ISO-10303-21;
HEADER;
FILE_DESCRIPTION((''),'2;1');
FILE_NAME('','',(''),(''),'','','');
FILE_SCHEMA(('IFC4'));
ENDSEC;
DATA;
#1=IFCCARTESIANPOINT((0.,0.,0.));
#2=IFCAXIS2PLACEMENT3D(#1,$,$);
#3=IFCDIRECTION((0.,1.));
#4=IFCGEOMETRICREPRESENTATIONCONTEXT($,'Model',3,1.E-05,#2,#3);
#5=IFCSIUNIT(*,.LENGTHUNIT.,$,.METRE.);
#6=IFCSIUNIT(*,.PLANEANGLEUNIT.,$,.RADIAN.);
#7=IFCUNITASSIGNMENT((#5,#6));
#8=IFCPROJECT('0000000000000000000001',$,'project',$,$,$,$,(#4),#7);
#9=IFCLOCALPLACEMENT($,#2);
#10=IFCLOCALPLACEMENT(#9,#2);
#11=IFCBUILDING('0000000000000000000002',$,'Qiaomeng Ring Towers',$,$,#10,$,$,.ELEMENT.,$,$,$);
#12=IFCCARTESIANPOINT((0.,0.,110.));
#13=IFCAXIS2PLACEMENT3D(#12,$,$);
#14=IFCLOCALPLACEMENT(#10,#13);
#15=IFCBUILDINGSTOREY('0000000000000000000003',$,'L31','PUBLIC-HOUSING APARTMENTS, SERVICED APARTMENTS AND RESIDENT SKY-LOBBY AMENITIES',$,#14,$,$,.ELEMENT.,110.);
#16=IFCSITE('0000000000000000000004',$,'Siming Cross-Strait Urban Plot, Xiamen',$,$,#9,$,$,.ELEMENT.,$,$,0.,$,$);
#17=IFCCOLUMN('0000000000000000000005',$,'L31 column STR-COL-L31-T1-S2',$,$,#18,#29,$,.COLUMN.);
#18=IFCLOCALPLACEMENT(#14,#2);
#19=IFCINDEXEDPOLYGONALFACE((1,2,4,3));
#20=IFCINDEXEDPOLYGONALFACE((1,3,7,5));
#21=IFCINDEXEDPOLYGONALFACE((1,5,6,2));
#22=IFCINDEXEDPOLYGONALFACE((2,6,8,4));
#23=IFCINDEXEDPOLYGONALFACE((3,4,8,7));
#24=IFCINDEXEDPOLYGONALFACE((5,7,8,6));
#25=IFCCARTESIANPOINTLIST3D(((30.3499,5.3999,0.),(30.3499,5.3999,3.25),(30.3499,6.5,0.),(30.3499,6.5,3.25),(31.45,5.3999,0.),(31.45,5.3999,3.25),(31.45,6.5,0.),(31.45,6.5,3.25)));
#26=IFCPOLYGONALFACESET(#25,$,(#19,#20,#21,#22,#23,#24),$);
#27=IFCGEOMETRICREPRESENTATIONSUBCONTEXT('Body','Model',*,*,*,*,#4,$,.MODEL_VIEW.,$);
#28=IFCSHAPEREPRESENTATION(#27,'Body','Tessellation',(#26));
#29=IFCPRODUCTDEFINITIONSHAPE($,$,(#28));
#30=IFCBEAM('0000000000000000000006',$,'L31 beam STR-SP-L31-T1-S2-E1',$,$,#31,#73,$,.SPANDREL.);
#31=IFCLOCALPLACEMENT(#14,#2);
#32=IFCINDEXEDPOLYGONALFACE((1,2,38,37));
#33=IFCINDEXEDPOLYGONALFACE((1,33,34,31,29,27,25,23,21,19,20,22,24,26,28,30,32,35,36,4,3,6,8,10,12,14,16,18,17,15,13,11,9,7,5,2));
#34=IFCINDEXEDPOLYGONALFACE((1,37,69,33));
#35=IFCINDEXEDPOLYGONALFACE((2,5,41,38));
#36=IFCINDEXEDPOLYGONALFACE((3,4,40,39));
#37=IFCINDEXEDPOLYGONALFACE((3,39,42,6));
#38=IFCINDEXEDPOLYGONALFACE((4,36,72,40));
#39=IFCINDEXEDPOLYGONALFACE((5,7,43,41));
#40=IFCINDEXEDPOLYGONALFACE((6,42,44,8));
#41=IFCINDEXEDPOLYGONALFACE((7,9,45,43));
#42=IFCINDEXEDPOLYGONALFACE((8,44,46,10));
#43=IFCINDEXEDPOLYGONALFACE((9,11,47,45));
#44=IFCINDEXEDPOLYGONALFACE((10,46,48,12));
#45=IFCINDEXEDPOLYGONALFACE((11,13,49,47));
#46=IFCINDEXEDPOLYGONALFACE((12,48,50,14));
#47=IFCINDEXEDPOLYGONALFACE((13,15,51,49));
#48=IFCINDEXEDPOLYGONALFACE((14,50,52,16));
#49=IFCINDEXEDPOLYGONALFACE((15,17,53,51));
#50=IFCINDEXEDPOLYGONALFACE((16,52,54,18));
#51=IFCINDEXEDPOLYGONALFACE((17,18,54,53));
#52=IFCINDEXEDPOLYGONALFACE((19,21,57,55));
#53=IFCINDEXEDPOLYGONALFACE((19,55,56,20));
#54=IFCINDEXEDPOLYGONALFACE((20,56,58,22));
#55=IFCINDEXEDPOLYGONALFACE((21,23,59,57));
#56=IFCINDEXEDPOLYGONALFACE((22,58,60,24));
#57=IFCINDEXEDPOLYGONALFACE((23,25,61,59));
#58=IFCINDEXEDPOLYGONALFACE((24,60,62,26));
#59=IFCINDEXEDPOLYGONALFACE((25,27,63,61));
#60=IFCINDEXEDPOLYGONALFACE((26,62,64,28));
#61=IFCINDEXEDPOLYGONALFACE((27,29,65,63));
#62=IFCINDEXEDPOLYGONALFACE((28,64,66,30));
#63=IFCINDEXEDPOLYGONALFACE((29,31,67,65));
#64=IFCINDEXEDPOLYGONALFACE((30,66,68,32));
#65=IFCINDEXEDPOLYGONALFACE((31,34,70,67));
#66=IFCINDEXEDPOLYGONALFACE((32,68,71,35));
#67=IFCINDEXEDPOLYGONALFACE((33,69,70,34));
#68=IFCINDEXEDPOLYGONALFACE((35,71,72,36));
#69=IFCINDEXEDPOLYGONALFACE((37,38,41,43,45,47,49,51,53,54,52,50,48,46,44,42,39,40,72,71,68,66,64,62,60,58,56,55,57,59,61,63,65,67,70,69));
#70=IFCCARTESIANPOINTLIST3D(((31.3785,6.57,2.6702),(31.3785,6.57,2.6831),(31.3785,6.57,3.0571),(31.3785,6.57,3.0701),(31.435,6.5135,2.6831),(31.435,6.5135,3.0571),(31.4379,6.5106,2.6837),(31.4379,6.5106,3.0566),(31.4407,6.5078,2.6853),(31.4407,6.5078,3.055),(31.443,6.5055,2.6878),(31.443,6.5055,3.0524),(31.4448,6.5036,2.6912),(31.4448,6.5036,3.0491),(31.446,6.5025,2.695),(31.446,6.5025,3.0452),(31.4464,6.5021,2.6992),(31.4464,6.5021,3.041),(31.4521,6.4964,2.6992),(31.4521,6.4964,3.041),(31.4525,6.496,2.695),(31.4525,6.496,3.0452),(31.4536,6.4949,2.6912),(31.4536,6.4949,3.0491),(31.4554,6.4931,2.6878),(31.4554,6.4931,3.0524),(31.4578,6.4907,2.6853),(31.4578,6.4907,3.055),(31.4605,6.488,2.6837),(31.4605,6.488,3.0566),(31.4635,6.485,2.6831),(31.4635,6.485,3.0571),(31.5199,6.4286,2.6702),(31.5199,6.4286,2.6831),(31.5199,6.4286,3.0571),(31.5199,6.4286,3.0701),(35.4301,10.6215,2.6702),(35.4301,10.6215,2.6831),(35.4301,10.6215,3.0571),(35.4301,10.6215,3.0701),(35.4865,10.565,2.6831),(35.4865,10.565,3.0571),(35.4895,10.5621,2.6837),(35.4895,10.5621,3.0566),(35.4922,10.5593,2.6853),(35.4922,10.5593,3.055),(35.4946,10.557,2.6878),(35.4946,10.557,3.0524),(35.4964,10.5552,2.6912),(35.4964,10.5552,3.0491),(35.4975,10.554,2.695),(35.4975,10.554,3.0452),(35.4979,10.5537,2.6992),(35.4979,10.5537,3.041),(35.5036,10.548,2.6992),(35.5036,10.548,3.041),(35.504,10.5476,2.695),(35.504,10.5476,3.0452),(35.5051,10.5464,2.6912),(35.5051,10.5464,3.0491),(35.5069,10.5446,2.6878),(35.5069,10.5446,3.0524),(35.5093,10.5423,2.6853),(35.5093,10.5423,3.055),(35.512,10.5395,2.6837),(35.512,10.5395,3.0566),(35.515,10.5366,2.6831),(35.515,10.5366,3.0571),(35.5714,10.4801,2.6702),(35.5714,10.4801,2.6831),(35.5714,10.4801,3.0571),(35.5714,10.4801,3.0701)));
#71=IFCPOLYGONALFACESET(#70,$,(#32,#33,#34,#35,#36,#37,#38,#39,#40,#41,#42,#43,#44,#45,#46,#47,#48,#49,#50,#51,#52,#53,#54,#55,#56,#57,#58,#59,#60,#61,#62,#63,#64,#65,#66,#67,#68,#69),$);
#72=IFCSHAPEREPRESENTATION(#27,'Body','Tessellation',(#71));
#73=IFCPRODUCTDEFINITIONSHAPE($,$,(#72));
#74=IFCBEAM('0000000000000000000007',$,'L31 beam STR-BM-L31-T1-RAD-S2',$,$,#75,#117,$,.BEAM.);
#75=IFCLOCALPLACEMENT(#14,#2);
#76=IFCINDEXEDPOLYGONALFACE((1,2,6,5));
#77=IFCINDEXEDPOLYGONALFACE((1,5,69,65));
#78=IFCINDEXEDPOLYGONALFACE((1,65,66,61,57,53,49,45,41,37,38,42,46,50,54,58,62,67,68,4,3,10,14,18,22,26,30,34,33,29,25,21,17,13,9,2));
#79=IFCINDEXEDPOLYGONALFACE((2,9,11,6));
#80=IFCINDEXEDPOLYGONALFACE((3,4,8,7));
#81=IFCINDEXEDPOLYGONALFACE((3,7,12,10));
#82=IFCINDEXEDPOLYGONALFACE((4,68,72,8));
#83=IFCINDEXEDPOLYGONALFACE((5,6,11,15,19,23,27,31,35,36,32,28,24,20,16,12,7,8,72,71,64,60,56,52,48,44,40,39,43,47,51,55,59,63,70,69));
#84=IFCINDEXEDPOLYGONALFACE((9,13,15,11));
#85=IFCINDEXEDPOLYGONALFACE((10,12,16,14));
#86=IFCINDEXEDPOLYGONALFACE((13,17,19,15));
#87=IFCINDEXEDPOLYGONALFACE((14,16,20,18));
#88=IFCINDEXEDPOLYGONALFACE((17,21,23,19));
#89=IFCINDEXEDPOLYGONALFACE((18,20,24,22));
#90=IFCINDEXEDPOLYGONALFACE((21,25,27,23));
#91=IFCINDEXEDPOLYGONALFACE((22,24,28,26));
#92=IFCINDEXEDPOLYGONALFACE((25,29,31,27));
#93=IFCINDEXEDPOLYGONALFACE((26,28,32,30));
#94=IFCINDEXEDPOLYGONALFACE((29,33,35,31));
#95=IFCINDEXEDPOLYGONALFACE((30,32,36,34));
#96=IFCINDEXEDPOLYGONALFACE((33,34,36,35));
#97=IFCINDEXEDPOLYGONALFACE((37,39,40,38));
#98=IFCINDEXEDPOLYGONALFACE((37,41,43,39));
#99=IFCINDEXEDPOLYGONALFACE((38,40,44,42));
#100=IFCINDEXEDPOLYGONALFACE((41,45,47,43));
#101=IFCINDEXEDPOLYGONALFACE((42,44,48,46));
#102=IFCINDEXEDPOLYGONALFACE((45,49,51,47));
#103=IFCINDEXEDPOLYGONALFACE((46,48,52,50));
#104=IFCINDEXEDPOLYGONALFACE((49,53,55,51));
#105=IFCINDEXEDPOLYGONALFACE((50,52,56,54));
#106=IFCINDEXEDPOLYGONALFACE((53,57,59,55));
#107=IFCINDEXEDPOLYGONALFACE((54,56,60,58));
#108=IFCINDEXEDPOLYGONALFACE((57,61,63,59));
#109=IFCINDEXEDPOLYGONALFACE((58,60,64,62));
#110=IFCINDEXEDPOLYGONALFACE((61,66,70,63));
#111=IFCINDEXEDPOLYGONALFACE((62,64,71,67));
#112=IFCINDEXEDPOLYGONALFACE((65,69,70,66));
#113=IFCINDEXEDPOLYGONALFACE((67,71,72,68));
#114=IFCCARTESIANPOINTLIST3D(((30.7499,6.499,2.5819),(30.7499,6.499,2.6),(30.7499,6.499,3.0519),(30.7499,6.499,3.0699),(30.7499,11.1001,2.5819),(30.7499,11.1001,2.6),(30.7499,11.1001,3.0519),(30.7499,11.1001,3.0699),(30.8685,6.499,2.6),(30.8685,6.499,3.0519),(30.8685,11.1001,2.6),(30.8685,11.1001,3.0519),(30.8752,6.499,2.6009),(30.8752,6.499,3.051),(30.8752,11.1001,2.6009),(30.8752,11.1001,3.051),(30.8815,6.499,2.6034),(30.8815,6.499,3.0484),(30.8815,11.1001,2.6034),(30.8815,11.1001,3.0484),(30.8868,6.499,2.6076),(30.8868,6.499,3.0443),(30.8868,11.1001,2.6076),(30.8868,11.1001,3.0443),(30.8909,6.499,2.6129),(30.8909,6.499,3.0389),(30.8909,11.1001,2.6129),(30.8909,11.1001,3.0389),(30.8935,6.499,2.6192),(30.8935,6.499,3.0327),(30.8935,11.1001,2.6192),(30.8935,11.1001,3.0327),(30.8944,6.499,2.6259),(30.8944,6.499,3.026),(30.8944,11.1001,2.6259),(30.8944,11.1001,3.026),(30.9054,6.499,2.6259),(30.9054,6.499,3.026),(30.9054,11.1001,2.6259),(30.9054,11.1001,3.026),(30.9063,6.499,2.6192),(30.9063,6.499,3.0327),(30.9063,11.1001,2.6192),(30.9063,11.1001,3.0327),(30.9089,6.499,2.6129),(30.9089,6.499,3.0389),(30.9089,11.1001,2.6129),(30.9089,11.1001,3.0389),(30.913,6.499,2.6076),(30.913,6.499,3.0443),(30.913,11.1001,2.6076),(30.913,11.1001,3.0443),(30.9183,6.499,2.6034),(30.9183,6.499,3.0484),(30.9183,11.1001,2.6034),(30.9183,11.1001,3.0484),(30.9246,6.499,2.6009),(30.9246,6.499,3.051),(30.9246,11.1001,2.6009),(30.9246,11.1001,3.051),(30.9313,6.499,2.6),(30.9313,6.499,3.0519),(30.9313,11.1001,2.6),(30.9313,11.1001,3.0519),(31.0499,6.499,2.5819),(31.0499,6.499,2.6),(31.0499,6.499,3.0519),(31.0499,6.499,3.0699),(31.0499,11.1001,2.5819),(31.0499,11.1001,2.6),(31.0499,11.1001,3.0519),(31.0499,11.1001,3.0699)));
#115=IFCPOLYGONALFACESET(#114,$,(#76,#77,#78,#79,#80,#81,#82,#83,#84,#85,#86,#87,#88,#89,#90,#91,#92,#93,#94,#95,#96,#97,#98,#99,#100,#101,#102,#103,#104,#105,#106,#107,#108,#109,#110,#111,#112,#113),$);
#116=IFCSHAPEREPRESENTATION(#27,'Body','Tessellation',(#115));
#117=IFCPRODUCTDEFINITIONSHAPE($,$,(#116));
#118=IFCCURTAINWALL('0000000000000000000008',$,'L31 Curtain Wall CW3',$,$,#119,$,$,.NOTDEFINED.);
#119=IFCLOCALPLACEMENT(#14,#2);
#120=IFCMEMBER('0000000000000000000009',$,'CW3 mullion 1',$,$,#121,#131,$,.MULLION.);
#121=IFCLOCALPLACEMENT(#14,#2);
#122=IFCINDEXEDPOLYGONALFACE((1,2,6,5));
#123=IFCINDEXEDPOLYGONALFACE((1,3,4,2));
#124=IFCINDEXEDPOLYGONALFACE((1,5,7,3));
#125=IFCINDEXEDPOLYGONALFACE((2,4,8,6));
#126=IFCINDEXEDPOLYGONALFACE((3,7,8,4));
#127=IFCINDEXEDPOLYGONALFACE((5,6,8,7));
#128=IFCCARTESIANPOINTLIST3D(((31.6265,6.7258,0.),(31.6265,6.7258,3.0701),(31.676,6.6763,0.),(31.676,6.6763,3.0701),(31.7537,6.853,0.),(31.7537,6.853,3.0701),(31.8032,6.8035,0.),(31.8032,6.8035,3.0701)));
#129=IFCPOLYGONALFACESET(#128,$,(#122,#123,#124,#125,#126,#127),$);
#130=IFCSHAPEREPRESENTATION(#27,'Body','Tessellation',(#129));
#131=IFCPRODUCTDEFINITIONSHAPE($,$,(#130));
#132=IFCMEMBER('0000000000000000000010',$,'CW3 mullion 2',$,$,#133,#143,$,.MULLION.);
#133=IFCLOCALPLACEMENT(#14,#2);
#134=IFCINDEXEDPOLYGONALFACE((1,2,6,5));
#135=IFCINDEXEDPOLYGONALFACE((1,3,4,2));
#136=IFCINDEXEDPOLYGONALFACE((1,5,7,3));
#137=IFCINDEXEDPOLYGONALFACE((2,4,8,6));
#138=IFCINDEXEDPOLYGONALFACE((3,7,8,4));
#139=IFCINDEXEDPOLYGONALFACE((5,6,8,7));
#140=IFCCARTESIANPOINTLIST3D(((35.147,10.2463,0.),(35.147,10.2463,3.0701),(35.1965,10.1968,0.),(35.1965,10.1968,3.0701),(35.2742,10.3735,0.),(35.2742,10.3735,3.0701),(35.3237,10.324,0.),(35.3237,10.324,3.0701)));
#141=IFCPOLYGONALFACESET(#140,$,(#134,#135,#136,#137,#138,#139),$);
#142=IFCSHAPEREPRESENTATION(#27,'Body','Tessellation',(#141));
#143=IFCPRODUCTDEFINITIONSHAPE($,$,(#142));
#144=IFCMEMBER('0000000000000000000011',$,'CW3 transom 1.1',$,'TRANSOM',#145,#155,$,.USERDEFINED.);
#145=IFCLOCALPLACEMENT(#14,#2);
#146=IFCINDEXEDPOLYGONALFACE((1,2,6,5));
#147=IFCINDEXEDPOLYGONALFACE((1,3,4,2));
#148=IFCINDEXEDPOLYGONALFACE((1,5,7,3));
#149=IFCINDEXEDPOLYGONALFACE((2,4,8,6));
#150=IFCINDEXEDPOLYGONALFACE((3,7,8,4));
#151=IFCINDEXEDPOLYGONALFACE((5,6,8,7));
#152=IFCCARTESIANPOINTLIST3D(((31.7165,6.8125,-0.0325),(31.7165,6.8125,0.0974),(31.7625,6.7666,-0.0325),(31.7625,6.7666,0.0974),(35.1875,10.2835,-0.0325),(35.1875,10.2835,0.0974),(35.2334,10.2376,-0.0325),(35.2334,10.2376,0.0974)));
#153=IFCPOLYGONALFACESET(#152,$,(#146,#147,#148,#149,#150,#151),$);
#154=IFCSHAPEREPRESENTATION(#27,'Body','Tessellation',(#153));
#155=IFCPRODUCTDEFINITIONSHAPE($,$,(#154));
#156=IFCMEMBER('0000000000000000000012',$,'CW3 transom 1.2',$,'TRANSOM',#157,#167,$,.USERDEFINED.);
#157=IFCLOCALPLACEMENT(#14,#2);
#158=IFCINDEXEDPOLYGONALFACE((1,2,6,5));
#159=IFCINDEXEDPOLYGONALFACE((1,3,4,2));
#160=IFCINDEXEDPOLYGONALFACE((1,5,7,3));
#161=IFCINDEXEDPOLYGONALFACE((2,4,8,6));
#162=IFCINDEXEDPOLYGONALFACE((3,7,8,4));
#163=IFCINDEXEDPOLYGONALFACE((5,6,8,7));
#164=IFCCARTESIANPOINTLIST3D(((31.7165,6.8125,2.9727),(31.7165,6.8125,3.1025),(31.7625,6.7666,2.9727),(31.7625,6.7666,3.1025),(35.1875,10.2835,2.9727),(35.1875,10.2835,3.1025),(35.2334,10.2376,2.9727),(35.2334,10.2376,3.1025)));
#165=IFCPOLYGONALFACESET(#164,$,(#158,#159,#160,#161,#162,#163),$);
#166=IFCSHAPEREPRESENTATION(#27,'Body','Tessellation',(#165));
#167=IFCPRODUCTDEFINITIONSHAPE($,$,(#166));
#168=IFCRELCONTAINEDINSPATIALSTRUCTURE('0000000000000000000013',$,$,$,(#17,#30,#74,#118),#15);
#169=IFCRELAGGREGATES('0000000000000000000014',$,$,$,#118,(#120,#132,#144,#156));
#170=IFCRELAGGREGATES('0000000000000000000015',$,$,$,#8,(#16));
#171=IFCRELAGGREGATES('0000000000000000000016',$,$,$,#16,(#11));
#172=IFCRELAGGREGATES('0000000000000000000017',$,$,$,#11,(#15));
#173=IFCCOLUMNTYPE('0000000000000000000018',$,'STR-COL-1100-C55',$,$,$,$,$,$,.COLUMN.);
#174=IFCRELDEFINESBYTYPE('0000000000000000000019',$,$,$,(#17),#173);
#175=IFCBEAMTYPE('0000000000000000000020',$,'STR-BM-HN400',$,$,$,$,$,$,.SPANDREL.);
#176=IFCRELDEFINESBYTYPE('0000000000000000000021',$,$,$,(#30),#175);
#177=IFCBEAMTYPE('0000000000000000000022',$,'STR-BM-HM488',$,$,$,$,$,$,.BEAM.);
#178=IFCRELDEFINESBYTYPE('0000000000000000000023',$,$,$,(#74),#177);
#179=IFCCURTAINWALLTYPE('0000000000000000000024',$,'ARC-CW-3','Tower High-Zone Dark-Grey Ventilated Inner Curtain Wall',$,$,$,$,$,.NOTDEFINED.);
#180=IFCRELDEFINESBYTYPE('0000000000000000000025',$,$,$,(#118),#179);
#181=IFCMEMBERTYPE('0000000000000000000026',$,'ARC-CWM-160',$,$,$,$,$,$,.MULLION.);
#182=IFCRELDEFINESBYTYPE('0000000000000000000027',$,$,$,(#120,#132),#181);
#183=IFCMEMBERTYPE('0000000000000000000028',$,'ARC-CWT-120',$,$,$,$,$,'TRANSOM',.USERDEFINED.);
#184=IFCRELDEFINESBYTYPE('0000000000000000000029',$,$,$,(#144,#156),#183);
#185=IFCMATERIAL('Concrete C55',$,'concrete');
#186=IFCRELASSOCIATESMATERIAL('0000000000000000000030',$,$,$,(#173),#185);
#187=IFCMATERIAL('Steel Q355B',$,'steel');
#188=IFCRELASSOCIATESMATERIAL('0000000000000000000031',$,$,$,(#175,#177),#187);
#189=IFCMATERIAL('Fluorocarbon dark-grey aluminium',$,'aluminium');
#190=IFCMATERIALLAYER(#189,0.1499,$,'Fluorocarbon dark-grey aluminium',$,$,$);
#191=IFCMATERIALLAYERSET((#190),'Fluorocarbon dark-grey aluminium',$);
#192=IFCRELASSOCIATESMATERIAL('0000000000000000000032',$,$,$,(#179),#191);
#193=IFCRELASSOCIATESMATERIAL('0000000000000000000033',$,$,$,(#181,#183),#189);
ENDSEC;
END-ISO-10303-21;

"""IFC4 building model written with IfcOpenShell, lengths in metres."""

from ifc_helpers import new_model, si_unit, direction, frame, origin, origin_2d, place, context, subcontext, project, spatial, rectangle, i_section, extrude, source, transform, mapped, material, layer, layer_set, material_profile, profile_set, type_object, element, aggregate, save


model = new_model("IFC4")

# Units and contexts
model_context = context("Model", 3, precision=1e-05, world=origin(), true_north=direction((0.0, 1.0)))
body_context = subcontext(model_context, "Body", "Model", "MODEL_VIEW")
ifc_project = project(units=[si_unit("LENGTHUNIT", "METRE"), si_unit("PLANEANGLEUNIT", "RADIAN")], contexts=[model_context])

# Site, building, storey
site_placement = place(None, origin())
site = spatial("IfcSite", under=ifc_project, at=site_placement, Name="Siming Cross-Strait Urban Plot, Xiamen", CompositionType="ELEMENT", RefElevation=0.0)
building_placement = place(site_placement, origin())
building = spatial("IfcBuilding", under=site, at=building_placement, Name="Qiaomeng Ring Towers", CompositionType="ELEMENT")
storey_placement = place(building_placement, frame((0.0, 0.0, 110.0)))
storey = spatial("IfcBuildingStorey", under=building, at=storey_placement, Name="L31", Description="PUBLIC-HOUSING APARTMENTS, SERVICED APARTMENTS AND RESIDENT SKY-LOBBY AMENITIES", CompositionType="ELEMENT", Elevation=110.0)

# Column
ifc_material_1 = material(Name="Concrete C55", Category="concrete")
ifc_material_profile_1 = material_profile(ifc_material_1, rectangle(XDim=1.1001, YDim=1.1001, at=origin_2d()), Name="RC COL 1100x1100")
ifc_profile_set_1 = profile_set([ifc_material_profile_1], Name="Concrete C55")
column_type = type_object("IfcColumnType", Name="STR-COL-1100-C55", PredefinedType="COLUMN", material=ifc_profile_set_1)
shared_shape_1 = source(origin(), body_context, "Body", "SweptSolid", [
    extrude(rectangle(XDim=1.1001, YDim=1.1001, at=origin_2d()), origin(), (0.0, 0.0, 1.0), 3.25),
])
column_placement = place(storey_placement, frame((30.8999, 5.95, 0.0), z_axis=(0.0, 0.0, 1.0), x_axis=(1.0, 0.0, 0.0)))
element("IfcColumn", 1, at=column_placement, inside=storey, type_object=column_type, Name="L31 column STR-COL-L31-T1-S2", PredefinedType="COLUMN", context=body_context, shape_type="MappedRepresentation", body=[
    mapped(shared_shape_1, transform((0.0, 0.0, 0.0), x_axis=(1.0, 0.0, 0.0), y_axis=(0.0, 1.0, 0.0), z_axis=(0.0, 0.0, 1.0), scale=1.0)),
])

# Beams
ifc_material_2 = material(Name="Steel Q355B", Category="steel")
ifc_material_profile_2 = material_profile(ifc_material_2, i_section(OverallWidth=0.2, OverallDepth=0.3999, WebThickness=0.0081, FlangeThickness=0.0129, FilletRadius=0.0161, at=origin_2d()), Name="HN 400x200x8x13")
ifc_profile_set_2 = profile_set([ifc_material_profile_2], Name="Steel Q355B")
beam_type_1 = type_object("IfcBeamType", Name="STR-BM-HN400", PredefinedType="SPANDREL", material=ifc_profile_set_2)
shared_shape_2 = source(origin(), body_context, "Body", "SweptSolid", [
    extrude(i_section(OverallWidth=0.2, OverallDepth=0.3999, WebThickness=0.0081, FlangeThickness=0.0129, FilletRadius=0.0161, at=origin_2d()), origin(), (0.0, 0.0, 1.0), 5.7297),
])
beam_1_placement = place(storey_placement, frame((31.4492, 6.4993, 2.8701), z_axis=(0.707107, 0.707107, 0.0), x_axis=(-0.707107, 0.707107, 0.0)))
element("IfcBeam", 2, at=beam_1_placement, inside=storey, type_object=beam_type_1, Name="L31 beam STR-SP-L31-T1-S2-E1", PredefinedType="SPANDREL", context=body_context, shape_type="MappedRepresentation", body=[
    mapped(shared_shape_2, transform((0.0, 0.0, 0.0), x_axis=(1.0, 0.0, 0.0), y_axis=(0.0, 1.0, 0.0), z_axis=(0.0, 0.0, 1.0), scale=1.0)),
])
ifc_material_profile_3 = material_profile(ifc_material_2, i_section(OverallWidth=0.3, OverallDepth=0.488, WebThickness=0.011, FlangeThickness=0.0181, FilletRadius=0.0259, at=origin_2d()), Name="HM 488x300x11x18")
ifc_profile_set_3 = profile_set([ifc_material_profile_3], Name="Steel Q355B")
beam_type_2 = type_object("IfcBeamType", Name="STR-BM-HM488", PredefinedType="BEAM", material=ifc_profile_set_3)
shared_shape_3 = source(origin(), body_context, "Body", "SweptSolid", [
    extrude(i_section(OverallWidth=0.3, OverallDepth=0.488, WebThickness=0.011, FlangeThickness=0.0181, FilletRadius=0.0259, at=origin_2d()), origin(), (0.0, 0.0, 1.0), 4.6011),
])
beam_2_placement = place(storey_placement, frame((30.8999, 6.499, 2.8259), z_axis=(0.0, 1.0, 0.0), x_axis=(-1.0, 0.0, 0.0)))
element("IfcBeam", 3, at=beam_2_placement, inside=storey, type_object=beam_type_2, Name="L31 beam STR-BM-L31-T1-RAD-S2", PredefinedType="BEAM", context=body_context, shape_type="MappedRepresentation", body=[
    mapped(shared_shape_3, transform((0.0, 0.0, 0.0), x_axis=(1.0, 0.0, 0.0), y_axis=(0.0, 1.0, 0.0), z_axis=(0.0, 0.0, 1.0), scale=1.0)),
])

# Curtain wall, members
ifc_material_3 = material(Name="Fluorocarbon dark-grey aluminium", Category="aluminium")
ifc_layer_1 = layer(ifc_material_3, 0.1499, Name="Fluorocarbon dark-grey aluminium")
ifc_layer_set_1 = layer_set([ifc_layer_1], Name="Fluorocarbon dark-grey aluminium")
curtain_wall_type = type_object("IfcCurtainWallType", Name="ARC-CW-3", Description="Tower High-Zone Dark-Grey Ventilated Inner Curtain Wall", PredefinedType="NOTDEFINED", material=ifc_layer_set_1)
curtain_wall_placement = place(storey_placement, origin())
curtain_wall = element("IfcCurtainWall", 4, at=curtain_wall_placement, inside=storey, type_object=curtain_wall_type, Name="L31 Curtain Wall CW3", PredefinedType="NOTDEFINED")
ifc_material_profile_4 = material_profile(ifc_material_3, rectangle(XDim=0.0701, YDim=0.1799, at=origin_2d()), Name="ALU MULL 70x180")
ifc_profile_set_4 = profile_set([ifc_material_profile_4], Name="Fluorocarbon dark-grey aluminium")
member_type_1 = type_object("IfcMemberType", Name="ARC-CWM-160", PredefinedType="MULLION", material=ifc_profile_set_4)
shared_shape_4 = source(origin(), body_context, "Body", "SweptSolid", [
    extrude(rectangle(XDim=0.0701, YDim=0.1799, at=origin_2d()), origin(), (0.0, 0.0, 1.0), 3.0701),
])
member_1_placement = place(storey_placement, frame((31.7148, 6.7646, 0.0), z_axis=(0.0, 0.0, 1.0), x_axis=(-0.707107, 0.707107, 0.0)))
member_1 = element("IfcMember", 5, at=member_1_placement, type_object=member_type_1, Name="CW3 mullion 1", PredefinedType="MULLION", context=body_context, shape_type="MappedRepresentation", body=[
    mapped(shared_shape_4, transform((0.0, 0.0, 0.0), x_axis=(1.0, 0.0, 0.0), y_axis=(0.0, 1.0, 0.0), z_axis=(0.0, 0.0, 1.0), scale=1.0)),
])
member_2_placement = place(storey_placement, frame((35.2354, 10.2852, 0.0), z_axis=(0.0, 0.0, 1.0), x_axis=(-0.707107, 0.707107, 0.0)))
member_2 = element("IfcMember", 6, at=member_2_placement, type_object=member_type_1, Name="CW3 mullion 2", PredefinedType="MULLION", context=body_context, shape_type="MappedRepresentation", body=[
    mapped(shared_shape_4, transform((0.0, 0.0, 0.0), x_axis=(1.0, 0.0, 0.0), y_axis=(0.0, 1.0, 0.0), z_axis=(0.0, 0.0, 1.0), scale=1.0)),
])
ifc_material_profile_5 = material_profile(ifc_material_3, rectangle(XDim=0.0649, YDim=0.1299, at=origin_2d()), Name="ALU TRAN 65x130")
ifc_profile_set_5 = profile_set([ifc_material_profile_5], Name="Fluorocarbon dark-grey aluminium")
member_type_2 = type_object("IfcMemberType", Name="ARC-CWT-120", ElementType="TRANSOM", PredefinedType="USERDEFINED", material=ifc_profile_set_5)
shared_shape_5 = source(origin(), body_context, "Body", "SweptSolid", [
    extrude(rectangle(XDim=0.0649, YDim=0.1299, at=origin_2d()), origin(), (0.0, 0.0, 1.0), 4.9087),
])
member_3_placement = place(storey_placement, frame((31.7395, 6.7896, 0.0325), z_axis=(0.707107, 0.707107, 0.0), x_axis=(-0.707107, 0.707107, 0.0)))
member_3 = element("IfcMember", 7, at=member_3_placement, type_object=member_type_2, Name="CW3 transom 1.1", ObjectType="TRANSOM", PredefinedType="USERDEFINED", context=body_context, shape_type="MappedRepresentation", body=[
    mapped(shared_shape_5, transform((0.0, 0.0, 0.0), x_axis=(1.0, 0.0, 0.0), y_axis=(0.0, 1.0, 0.0), z_axis=(0.0, 0.0, 1.0), scale=1.0)),
])
member_4_placement = place(storey_placement, frame((31.7395, 6.7896, 3.0376), z_axis=(0.707107, 0.707107, 0.0), x_axis=(-0.707107, 0.707107, 0.0)))
member_4 = element("IfcMember", 8, at=member_4_placement, type_object=member_type_2, Name="CW3 transom 1.2", ObjectType="TRANSOM", PredefinedType="USERDEFINED", context=body_context, shape_type="MappedRepresentation", body=[
    mapped(shared_shape_5, transform((0.0, 0.0, 0.0), x_axis=(1.0, 0.0, 0.0), y_axis=(0.0, 1.0, 0.0), z_axis=(0.0, 0.0, 1.0), scale=1.0)),
])
aggregate(curtain_wall, [member_1, member_2, member_3, member_4])

save(model, "model.ifc")
